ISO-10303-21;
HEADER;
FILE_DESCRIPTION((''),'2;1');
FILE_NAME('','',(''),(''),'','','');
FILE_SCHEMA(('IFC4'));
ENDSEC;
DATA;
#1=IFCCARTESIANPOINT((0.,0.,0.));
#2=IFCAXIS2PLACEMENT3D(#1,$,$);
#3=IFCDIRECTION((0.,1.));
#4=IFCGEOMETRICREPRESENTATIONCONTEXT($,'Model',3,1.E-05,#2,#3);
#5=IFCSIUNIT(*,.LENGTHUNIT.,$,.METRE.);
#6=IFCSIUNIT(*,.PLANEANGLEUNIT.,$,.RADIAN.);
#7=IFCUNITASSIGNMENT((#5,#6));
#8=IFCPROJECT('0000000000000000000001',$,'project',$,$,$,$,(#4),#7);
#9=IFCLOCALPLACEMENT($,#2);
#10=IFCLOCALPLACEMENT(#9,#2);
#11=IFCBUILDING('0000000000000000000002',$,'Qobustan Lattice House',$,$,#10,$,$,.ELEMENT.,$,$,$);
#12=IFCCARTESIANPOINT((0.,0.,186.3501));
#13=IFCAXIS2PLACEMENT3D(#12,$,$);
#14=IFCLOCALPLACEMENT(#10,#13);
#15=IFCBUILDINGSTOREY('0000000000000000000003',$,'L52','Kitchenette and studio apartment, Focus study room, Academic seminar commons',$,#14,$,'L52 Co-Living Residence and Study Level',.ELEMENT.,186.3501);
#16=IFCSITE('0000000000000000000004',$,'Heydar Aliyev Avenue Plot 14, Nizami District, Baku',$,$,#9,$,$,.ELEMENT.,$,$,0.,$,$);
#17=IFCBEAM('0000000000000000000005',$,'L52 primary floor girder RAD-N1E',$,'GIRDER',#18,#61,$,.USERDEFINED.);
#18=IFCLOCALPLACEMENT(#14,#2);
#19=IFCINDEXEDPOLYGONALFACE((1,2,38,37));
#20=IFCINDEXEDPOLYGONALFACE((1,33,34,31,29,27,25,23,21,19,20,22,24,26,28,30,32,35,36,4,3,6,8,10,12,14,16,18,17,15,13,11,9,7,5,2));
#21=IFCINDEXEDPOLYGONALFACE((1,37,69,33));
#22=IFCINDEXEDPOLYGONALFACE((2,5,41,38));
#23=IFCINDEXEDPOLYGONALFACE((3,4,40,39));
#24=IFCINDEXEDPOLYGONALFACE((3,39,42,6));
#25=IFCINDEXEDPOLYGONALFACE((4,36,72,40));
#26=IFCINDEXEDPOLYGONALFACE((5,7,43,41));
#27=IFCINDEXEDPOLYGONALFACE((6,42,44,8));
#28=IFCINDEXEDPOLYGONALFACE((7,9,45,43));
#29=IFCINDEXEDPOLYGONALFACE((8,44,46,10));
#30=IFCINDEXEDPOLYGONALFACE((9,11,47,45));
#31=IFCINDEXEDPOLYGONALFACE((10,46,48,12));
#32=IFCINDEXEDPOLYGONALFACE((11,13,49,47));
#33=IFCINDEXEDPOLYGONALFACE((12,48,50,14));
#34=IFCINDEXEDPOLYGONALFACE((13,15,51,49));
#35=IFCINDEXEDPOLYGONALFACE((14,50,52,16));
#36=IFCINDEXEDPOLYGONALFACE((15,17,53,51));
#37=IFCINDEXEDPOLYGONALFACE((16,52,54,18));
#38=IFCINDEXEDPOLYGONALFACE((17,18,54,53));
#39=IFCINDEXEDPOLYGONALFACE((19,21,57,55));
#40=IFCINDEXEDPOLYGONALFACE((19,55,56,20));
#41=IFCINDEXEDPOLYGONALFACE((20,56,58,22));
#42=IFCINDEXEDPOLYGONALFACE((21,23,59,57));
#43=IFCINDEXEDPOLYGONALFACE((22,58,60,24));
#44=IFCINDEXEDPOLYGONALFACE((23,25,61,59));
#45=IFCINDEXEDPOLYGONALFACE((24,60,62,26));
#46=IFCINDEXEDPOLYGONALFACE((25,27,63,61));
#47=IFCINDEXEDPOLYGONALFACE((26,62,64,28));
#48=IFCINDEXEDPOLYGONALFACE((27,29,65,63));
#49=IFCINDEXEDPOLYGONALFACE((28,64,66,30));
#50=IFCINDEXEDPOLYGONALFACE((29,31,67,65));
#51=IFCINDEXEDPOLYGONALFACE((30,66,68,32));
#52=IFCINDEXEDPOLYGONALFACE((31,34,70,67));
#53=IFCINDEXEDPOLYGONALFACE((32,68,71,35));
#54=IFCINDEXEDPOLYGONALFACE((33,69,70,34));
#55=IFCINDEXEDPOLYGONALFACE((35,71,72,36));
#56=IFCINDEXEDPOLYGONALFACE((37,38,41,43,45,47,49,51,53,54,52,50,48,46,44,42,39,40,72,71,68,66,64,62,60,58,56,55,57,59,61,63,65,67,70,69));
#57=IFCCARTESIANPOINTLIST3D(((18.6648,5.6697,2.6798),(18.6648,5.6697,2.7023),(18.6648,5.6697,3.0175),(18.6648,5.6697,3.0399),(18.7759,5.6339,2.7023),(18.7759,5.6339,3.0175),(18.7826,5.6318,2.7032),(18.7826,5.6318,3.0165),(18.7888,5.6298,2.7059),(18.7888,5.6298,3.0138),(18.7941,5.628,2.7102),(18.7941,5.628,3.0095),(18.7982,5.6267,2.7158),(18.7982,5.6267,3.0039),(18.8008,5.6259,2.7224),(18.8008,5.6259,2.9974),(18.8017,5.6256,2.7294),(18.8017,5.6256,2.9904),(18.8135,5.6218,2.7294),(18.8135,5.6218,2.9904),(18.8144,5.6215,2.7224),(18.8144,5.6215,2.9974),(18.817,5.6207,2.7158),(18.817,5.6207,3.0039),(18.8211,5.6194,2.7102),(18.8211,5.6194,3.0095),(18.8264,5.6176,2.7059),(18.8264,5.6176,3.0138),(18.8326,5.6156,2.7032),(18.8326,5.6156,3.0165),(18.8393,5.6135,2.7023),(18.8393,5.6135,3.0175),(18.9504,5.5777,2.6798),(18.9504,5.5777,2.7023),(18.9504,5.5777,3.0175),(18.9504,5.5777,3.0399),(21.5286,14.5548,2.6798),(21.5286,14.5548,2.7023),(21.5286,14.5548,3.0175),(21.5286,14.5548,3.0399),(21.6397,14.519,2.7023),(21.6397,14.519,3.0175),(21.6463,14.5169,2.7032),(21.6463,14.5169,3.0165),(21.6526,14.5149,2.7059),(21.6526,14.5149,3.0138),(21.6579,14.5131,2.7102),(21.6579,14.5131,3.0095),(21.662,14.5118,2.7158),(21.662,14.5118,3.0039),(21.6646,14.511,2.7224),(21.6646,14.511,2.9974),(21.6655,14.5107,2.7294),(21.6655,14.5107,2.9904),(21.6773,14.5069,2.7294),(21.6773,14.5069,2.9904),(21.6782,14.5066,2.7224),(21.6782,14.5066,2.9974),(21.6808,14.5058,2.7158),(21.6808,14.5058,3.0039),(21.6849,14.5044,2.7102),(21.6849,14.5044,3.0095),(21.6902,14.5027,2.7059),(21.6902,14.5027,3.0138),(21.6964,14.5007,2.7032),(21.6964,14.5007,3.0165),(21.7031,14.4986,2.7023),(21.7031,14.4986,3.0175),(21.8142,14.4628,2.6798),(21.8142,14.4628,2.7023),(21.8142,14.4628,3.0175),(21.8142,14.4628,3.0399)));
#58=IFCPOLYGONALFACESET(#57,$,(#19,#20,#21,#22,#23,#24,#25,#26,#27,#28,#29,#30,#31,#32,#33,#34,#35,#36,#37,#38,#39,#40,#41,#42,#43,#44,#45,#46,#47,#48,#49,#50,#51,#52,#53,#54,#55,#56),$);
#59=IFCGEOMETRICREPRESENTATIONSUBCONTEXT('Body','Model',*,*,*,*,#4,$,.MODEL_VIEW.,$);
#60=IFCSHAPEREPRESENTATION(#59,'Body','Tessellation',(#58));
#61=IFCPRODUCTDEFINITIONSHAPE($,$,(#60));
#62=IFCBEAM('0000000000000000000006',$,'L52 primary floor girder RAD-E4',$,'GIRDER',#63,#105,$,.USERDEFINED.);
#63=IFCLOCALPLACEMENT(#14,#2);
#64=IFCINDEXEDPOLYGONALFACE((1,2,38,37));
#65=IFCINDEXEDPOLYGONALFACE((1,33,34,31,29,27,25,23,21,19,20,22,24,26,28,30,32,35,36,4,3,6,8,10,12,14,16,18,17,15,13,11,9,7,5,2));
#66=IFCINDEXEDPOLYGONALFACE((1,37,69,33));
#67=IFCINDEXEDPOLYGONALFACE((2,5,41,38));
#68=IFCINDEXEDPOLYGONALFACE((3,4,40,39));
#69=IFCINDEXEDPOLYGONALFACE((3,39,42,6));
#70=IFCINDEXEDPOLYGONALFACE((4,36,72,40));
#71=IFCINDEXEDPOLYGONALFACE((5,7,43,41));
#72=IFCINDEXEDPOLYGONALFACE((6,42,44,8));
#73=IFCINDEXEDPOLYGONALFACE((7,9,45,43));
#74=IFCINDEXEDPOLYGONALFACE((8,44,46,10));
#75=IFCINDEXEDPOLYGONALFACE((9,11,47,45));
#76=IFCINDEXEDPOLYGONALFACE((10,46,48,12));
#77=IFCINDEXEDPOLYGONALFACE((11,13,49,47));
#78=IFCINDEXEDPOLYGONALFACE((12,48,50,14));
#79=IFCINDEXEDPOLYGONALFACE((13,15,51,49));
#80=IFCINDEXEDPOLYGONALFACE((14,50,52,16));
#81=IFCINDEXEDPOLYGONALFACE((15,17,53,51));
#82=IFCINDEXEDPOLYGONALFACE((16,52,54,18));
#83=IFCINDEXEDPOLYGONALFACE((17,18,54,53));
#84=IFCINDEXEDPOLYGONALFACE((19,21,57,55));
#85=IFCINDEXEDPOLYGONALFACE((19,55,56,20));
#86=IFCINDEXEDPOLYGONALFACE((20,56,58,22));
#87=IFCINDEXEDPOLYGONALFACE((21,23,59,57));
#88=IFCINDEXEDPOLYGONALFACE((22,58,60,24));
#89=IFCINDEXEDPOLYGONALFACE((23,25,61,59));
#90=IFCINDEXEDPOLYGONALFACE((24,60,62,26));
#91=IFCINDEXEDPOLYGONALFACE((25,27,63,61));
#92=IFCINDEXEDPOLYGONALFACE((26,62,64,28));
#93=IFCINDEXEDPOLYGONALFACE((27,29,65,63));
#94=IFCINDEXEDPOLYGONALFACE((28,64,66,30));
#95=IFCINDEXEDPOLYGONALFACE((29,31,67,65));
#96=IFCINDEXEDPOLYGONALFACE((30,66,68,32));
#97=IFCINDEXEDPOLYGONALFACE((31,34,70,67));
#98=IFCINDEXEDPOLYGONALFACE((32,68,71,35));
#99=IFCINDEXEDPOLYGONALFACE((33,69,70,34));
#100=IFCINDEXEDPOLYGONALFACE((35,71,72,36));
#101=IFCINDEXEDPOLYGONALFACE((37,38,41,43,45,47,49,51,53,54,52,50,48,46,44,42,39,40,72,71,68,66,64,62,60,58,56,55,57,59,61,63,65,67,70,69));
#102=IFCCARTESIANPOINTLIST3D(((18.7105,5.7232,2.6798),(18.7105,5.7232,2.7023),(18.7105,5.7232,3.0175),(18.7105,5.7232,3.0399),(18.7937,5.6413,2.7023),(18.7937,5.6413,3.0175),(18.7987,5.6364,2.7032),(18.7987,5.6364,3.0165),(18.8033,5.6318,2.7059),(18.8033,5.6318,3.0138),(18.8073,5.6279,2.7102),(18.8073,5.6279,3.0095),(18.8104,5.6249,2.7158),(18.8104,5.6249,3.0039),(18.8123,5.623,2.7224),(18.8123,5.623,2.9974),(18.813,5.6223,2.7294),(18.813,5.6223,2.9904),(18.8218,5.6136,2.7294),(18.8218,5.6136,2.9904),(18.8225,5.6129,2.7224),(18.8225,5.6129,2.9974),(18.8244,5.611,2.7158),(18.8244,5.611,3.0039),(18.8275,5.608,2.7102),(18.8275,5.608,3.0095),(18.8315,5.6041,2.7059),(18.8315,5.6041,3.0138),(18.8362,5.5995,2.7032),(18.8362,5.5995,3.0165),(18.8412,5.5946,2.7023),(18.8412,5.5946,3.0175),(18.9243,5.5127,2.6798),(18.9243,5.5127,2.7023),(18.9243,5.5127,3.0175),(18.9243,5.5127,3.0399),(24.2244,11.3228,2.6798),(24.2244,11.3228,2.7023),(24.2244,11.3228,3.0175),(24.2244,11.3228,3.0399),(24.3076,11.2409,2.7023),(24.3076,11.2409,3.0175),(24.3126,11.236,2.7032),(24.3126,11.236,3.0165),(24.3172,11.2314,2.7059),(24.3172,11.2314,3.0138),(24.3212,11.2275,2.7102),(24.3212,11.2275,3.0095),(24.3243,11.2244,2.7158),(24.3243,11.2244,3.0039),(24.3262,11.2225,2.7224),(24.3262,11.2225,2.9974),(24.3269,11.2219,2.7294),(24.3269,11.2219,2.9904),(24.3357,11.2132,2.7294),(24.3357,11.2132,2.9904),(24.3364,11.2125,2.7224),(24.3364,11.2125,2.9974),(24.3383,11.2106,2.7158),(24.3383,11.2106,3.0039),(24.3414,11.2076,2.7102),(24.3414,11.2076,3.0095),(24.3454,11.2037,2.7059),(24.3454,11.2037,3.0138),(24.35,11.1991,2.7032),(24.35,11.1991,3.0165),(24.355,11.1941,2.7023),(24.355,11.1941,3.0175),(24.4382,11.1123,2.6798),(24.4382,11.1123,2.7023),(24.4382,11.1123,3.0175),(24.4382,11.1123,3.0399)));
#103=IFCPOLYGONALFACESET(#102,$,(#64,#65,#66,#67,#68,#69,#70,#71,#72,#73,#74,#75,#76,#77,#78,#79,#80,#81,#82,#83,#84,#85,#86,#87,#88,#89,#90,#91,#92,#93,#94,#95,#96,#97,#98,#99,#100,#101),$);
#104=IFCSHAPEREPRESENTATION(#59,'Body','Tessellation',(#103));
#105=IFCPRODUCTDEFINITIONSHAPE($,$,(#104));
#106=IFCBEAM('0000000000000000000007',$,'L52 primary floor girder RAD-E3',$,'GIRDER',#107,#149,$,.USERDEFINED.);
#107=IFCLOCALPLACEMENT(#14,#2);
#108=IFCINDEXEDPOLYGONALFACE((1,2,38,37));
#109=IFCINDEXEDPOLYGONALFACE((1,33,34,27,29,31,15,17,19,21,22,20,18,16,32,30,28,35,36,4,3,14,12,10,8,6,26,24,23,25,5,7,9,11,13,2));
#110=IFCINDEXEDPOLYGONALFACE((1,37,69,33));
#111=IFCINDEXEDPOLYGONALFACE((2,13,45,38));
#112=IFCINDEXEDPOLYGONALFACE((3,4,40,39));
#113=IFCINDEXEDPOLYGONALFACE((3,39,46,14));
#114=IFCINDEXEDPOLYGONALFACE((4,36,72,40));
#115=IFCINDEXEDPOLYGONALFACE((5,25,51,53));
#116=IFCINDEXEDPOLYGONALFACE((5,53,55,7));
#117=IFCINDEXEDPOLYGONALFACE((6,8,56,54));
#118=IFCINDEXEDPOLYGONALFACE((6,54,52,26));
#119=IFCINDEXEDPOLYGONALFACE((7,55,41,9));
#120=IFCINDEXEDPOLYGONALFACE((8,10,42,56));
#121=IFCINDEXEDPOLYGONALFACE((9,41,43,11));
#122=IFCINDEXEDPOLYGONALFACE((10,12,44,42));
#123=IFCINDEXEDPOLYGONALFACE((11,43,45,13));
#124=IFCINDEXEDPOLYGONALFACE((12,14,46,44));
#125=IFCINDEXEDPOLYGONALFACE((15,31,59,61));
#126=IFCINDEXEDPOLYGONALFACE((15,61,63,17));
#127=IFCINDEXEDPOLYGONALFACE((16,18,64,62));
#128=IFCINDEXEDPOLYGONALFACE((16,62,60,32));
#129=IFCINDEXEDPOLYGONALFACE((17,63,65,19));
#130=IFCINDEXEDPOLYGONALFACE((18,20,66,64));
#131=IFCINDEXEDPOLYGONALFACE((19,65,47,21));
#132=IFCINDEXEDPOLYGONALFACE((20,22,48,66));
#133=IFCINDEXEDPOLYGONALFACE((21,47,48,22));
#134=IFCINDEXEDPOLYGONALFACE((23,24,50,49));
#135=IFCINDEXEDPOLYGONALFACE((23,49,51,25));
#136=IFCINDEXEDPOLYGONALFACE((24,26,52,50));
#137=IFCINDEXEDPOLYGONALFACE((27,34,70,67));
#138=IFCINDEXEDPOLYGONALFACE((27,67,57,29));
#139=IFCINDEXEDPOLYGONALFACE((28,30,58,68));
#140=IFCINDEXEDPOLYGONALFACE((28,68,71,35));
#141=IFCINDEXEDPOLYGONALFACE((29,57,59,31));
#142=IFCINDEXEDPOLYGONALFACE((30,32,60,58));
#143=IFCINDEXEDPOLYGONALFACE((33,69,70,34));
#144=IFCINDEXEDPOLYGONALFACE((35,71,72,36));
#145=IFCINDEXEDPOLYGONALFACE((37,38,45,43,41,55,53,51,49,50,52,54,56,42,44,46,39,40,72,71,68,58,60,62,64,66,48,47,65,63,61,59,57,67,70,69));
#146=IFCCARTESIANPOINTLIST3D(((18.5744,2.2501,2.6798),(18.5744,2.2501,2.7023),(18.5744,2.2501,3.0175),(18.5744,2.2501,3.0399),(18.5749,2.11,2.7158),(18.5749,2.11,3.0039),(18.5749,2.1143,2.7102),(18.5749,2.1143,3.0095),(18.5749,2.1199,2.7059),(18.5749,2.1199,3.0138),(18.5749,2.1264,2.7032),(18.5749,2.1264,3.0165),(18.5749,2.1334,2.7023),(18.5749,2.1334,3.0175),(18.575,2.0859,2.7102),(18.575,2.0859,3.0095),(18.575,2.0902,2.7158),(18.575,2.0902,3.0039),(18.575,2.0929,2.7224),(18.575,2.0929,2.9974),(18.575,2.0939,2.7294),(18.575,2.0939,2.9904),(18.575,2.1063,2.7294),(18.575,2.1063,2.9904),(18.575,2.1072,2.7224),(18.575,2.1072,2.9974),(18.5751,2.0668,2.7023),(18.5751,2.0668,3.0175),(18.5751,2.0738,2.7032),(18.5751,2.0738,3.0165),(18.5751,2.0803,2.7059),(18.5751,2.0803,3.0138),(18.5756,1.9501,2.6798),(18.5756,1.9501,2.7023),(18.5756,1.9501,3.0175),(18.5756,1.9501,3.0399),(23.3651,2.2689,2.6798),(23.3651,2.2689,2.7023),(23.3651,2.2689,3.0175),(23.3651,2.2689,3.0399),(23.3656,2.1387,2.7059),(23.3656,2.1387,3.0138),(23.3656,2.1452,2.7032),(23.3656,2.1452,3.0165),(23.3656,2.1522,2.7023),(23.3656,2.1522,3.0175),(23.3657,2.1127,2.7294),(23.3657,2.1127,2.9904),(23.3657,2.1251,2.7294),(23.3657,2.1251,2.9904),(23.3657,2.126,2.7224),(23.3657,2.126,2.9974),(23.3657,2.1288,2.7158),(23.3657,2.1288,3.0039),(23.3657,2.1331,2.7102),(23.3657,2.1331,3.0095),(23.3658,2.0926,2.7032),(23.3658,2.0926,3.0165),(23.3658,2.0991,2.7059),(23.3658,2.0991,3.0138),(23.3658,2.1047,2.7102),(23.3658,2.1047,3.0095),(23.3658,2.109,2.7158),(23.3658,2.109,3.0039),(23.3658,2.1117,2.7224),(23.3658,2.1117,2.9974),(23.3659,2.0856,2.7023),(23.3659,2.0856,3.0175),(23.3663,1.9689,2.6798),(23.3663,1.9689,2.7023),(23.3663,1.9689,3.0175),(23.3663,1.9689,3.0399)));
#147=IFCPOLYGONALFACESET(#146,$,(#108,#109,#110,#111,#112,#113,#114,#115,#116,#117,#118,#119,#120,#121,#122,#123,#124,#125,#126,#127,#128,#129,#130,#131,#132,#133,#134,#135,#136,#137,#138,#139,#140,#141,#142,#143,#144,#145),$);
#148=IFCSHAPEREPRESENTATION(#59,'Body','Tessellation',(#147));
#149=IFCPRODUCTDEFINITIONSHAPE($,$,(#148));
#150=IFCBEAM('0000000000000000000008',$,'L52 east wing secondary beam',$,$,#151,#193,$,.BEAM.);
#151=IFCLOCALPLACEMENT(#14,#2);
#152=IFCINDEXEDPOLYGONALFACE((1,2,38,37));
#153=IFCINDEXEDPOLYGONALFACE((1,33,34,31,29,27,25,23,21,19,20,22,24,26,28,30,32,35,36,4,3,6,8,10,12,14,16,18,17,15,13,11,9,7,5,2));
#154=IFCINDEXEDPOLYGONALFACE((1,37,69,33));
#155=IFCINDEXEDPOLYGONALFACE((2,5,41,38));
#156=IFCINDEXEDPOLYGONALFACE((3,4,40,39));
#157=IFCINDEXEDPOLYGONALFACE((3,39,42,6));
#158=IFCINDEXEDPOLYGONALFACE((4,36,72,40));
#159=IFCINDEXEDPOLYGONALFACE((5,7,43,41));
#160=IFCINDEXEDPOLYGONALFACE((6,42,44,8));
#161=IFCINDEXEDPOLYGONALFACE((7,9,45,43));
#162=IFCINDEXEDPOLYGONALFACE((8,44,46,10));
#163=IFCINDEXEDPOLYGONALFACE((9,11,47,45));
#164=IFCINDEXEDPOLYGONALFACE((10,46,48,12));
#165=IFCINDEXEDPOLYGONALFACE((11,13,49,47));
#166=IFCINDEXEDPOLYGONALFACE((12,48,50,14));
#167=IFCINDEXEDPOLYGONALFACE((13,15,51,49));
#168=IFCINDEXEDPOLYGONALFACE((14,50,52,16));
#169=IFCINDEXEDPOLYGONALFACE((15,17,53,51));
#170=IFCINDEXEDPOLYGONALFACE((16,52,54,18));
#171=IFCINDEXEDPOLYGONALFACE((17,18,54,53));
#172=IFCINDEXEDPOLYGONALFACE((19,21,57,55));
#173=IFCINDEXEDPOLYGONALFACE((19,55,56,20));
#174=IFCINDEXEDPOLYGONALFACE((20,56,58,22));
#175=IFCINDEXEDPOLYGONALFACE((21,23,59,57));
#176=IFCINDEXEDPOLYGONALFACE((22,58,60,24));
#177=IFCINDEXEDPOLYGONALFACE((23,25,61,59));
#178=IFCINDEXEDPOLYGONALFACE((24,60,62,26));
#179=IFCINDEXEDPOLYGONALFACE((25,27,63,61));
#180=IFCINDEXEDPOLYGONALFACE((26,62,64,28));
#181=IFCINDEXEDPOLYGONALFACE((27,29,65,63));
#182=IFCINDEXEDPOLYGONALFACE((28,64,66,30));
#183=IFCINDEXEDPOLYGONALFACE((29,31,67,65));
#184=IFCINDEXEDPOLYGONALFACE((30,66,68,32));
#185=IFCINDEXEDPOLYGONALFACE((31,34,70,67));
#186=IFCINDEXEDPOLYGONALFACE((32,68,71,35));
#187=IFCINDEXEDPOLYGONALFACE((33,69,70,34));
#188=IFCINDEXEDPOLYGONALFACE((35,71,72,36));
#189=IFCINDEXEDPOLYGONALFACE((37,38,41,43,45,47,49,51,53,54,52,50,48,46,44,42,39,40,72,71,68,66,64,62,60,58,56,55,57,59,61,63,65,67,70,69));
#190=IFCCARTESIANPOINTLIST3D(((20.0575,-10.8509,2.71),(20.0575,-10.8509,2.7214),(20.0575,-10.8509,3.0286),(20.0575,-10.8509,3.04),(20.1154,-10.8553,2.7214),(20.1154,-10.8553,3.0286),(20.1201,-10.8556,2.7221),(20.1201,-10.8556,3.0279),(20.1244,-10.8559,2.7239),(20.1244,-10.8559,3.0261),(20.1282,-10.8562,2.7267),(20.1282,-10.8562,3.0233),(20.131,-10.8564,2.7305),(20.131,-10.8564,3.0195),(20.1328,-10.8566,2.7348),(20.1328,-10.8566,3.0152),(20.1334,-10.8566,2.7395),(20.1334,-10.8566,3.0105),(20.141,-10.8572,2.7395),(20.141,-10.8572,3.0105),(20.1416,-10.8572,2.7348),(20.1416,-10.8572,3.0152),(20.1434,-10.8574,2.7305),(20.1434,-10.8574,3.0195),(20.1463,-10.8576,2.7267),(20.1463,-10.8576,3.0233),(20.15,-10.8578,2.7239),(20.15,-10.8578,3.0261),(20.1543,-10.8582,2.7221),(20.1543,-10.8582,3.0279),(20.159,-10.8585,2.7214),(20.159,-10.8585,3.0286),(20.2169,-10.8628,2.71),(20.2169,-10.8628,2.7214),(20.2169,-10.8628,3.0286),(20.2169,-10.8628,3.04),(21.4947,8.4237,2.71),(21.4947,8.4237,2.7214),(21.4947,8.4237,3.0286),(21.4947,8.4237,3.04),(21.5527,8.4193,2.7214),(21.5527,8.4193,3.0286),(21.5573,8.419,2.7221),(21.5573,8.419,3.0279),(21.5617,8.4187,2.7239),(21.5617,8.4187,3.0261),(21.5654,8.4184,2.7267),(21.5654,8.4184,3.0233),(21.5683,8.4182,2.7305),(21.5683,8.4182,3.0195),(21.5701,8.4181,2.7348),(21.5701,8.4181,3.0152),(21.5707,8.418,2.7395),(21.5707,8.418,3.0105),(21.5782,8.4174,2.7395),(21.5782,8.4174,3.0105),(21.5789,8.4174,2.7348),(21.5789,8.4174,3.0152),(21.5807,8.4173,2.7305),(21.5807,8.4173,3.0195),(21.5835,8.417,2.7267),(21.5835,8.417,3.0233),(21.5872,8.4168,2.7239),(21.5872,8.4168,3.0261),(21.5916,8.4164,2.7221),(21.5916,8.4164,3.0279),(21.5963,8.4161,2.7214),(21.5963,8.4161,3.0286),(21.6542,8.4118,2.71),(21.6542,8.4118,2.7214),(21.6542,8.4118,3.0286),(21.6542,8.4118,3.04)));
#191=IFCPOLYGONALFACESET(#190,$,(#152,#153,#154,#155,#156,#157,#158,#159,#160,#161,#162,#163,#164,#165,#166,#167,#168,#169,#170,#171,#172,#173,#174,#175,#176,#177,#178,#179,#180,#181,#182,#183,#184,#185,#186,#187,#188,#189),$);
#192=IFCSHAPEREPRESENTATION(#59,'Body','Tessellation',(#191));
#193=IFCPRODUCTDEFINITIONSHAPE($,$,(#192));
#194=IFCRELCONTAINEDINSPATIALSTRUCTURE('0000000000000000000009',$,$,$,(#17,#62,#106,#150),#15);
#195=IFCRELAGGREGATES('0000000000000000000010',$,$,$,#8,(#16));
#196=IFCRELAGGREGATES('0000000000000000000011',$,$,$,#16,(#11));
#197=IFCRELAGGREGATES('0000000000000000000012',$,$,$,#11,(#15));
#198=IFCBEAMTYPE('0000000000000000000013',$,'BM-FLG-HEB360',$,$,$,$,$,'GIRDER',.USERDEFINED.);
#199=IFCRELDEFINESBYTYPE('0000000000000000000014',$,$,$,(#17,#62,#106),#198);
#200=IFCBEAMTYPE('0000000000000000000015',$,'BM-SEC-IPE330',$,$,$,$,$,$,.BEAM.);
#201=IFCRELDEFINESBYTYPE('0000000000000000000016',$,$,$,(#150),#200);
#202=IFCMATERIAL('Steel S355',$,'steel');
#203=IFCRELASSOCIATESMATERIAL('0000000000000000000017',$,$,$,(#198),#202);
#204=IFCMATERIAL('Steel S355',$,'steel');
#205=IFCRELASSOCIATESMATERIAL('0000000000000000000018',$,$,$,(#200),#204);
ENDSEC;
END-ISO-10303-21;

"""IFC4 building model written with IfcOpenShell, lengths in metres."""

from ifc_helpers import new_model, si_unit, direction, frame, origin, origin_2d, place, context, subcontext, project, spatial, i_section, extrude, material, material_profile, profile_set, type_object, element, save


model = new_model("IFC4")

# Units and contexts
model_context = context("Model", 3, precision=1e-05, world=origin(), true_north=direction((0.0, 1.0)))
body_context = subcontext(model_context, "Body", "Model", "MODEL_VIEW")
ifc_project = project(units=[si_unit("LENGTHUNIT", "METRE"), si_unit("PLANEANGLEUNIT", "RADIAN")], contexts=[model_context])

# Site, building, storey
site_placement = place(None, origin())
site = spatial("IfcSite", under=ifc_project, at=site_placement, Name="Heydar Aliyev Avenue Plot 14, Nizami District, Baku", CompositionType="ELEMENT", RefElevation=0.0)
building_placement = place(site_placement, origin())
building = spatial("IfcBuilding", under=site, at=building_placement, Name="Qobustan Lattice House", CompositionType="ELEMENT")
storey_placement = place(building_placement, frame((0.0, 0.0, 186.3501)))
storey = spatial("IfcBuildingStorey", under=building, at=storey_placement, Name="L52", Description="Kitchenette and studio apartment, Focus study room, Academic seminar commons", LongName="L52 Co-Living Residence and Study Level", CompositionType="ELEMENT", Elevation=186.3501)

# Beams
ifc_material_1 = material(Name="Steel S355", Category="steel")
ifc_material_profile_1 = material_profile(ifc_material_1, i_section(OverallWidth=0.3, OverallDepth=0.3601, WebThickness=0.0125, FlangeThickness=0.0225, FilletRadius=0.0271, at=origin_2d()), Name="HEB360")
ifc_profile_set_1 = profile_set([ifc_material_profile_1], Name="Steel S355")
beam_type_1 = type_object("IfcBeamType", Name="BM-FLG-HEB360", ElementType="GIRDER", PredefinedType="USERDEFINED", material=ifc_profile_set_1)
beam_1_placement = place(storey_placement, frame((21.6714, 14.5088, 2.8599), z_axis=(-0.306774, -0.951783, 0.0), x_axis=(0.951783, -0.306774, 0.0)))
element("IfcBeam", 1, at=beam_1_placement, inside=storey, type_object=beam_type_1, Name="L52 primary floor girder RAD-N1E", ObjectType="GIRDER", PredefinedType="USERDEFINED", context=body_context, shape_type="SweptSolid", body=[
    extrude(i_section(OverallWidth=0.3, OverallDepth=0.3601, WebThickness=0.0125, FlangeThickness=0.0225, FilletRadius=0.0271, at=origin_2d()), origin(), (0.0, 0.0, 1.0), 9.3352),
])
beam_2_placement = place(storey_placement, frame((24.3313, 11.2175, 2.8599), z_axis=(-0.701634, -0.712538, 0.0), x_axis=(0.712538, -0.701634, 0.0)))
element("IfcBeam", 2, at=beam_2_placement, inside=storey, type_object=beam_type_1, Name="L52 primary floor girder RAD-E4", ObjectType="GIRDER", PredefinedType="USERDEFINED", context=body_context, shape_type="SweptSolid", body=[
    extrude(i_section(OverallWidth=0.3, OverallDepth=0.3601, WebThickness=0.0125, FlangeThickness=0.0225, FilletRadius=0.0271, at=origin_2d()), origin(), (0.0, 0.0, 1.0), 7.8586),
])
beam_3_placement = place(storey_placement, frame((23.3657, 2.1189, 2.8599), z_axis=(-0.999992, -0.003924, 0.0), x_axis=(0.003924, -0.999992, 0.0)))
element("IfcBeam", 3, at=beam_3_placement, inside=storey, type_object=beam_type_1, Name="L52 primary floor girder RAD-E3", ObjectType="GIRDER", PredefinedType="USERDEFINED", context=body_context, shape_type="SweptSolid", body=[
    extrude(i_section(OverallWidth=0.3, OverallDepth=0.3601, WebThickness=0.0125, FlangeThickness=0.0225, FilletRadius=0.0271, at=origin_2d()), origin(), (0.0, 0.0, 1.0), 4.7908),
])
ifc_material_2 = material(Name="Steel S355", Category="steel")
ifc_material_profile_2 = material_profile(ifc_material_2, i_section(OverallWidth=0.1599, OverallDepth=0.3301, WebThickness=0.0076, FlangeThickness=0.0115, FilletRadius=0.0181, at=origin_2d()), Name="IPE330")
ifc_profile_set_2 = profile_set([ifc_material_profile_2], Name="Steel S355")
beam_type_2 = type_object("IfcBeamType", Name="BM-SEC-IPE330", PredefinedType="BEAM", material=ifc_profile_set_2)
beam_4_placement = place(storey_placement, frame((21.5745, 8.4177, 2.875), z_axis=(-0.074361, -0.997231, 0.0), x_axis=(0.997231, -0.074361, 0.0)))
element("IfcBeam", 4, at=beam_4_placement, inside=storey, type_object=beam_type_2, Name="L52 east wing secondary beam", PredefinedType="BEAM", context=body_context, shape_type="SweptSolid", body=[
    extrude(i_section(OverallWidth=0.1599, OverallDepth=0.3301, WebThickness=0.0076, FlangeThickness=0.0115, FilletRadius=0.0181, at=origin_2d()), origin(), (0.0, 0.0, 1.0), 19.3281),
])

save(model, "model.ifc")
